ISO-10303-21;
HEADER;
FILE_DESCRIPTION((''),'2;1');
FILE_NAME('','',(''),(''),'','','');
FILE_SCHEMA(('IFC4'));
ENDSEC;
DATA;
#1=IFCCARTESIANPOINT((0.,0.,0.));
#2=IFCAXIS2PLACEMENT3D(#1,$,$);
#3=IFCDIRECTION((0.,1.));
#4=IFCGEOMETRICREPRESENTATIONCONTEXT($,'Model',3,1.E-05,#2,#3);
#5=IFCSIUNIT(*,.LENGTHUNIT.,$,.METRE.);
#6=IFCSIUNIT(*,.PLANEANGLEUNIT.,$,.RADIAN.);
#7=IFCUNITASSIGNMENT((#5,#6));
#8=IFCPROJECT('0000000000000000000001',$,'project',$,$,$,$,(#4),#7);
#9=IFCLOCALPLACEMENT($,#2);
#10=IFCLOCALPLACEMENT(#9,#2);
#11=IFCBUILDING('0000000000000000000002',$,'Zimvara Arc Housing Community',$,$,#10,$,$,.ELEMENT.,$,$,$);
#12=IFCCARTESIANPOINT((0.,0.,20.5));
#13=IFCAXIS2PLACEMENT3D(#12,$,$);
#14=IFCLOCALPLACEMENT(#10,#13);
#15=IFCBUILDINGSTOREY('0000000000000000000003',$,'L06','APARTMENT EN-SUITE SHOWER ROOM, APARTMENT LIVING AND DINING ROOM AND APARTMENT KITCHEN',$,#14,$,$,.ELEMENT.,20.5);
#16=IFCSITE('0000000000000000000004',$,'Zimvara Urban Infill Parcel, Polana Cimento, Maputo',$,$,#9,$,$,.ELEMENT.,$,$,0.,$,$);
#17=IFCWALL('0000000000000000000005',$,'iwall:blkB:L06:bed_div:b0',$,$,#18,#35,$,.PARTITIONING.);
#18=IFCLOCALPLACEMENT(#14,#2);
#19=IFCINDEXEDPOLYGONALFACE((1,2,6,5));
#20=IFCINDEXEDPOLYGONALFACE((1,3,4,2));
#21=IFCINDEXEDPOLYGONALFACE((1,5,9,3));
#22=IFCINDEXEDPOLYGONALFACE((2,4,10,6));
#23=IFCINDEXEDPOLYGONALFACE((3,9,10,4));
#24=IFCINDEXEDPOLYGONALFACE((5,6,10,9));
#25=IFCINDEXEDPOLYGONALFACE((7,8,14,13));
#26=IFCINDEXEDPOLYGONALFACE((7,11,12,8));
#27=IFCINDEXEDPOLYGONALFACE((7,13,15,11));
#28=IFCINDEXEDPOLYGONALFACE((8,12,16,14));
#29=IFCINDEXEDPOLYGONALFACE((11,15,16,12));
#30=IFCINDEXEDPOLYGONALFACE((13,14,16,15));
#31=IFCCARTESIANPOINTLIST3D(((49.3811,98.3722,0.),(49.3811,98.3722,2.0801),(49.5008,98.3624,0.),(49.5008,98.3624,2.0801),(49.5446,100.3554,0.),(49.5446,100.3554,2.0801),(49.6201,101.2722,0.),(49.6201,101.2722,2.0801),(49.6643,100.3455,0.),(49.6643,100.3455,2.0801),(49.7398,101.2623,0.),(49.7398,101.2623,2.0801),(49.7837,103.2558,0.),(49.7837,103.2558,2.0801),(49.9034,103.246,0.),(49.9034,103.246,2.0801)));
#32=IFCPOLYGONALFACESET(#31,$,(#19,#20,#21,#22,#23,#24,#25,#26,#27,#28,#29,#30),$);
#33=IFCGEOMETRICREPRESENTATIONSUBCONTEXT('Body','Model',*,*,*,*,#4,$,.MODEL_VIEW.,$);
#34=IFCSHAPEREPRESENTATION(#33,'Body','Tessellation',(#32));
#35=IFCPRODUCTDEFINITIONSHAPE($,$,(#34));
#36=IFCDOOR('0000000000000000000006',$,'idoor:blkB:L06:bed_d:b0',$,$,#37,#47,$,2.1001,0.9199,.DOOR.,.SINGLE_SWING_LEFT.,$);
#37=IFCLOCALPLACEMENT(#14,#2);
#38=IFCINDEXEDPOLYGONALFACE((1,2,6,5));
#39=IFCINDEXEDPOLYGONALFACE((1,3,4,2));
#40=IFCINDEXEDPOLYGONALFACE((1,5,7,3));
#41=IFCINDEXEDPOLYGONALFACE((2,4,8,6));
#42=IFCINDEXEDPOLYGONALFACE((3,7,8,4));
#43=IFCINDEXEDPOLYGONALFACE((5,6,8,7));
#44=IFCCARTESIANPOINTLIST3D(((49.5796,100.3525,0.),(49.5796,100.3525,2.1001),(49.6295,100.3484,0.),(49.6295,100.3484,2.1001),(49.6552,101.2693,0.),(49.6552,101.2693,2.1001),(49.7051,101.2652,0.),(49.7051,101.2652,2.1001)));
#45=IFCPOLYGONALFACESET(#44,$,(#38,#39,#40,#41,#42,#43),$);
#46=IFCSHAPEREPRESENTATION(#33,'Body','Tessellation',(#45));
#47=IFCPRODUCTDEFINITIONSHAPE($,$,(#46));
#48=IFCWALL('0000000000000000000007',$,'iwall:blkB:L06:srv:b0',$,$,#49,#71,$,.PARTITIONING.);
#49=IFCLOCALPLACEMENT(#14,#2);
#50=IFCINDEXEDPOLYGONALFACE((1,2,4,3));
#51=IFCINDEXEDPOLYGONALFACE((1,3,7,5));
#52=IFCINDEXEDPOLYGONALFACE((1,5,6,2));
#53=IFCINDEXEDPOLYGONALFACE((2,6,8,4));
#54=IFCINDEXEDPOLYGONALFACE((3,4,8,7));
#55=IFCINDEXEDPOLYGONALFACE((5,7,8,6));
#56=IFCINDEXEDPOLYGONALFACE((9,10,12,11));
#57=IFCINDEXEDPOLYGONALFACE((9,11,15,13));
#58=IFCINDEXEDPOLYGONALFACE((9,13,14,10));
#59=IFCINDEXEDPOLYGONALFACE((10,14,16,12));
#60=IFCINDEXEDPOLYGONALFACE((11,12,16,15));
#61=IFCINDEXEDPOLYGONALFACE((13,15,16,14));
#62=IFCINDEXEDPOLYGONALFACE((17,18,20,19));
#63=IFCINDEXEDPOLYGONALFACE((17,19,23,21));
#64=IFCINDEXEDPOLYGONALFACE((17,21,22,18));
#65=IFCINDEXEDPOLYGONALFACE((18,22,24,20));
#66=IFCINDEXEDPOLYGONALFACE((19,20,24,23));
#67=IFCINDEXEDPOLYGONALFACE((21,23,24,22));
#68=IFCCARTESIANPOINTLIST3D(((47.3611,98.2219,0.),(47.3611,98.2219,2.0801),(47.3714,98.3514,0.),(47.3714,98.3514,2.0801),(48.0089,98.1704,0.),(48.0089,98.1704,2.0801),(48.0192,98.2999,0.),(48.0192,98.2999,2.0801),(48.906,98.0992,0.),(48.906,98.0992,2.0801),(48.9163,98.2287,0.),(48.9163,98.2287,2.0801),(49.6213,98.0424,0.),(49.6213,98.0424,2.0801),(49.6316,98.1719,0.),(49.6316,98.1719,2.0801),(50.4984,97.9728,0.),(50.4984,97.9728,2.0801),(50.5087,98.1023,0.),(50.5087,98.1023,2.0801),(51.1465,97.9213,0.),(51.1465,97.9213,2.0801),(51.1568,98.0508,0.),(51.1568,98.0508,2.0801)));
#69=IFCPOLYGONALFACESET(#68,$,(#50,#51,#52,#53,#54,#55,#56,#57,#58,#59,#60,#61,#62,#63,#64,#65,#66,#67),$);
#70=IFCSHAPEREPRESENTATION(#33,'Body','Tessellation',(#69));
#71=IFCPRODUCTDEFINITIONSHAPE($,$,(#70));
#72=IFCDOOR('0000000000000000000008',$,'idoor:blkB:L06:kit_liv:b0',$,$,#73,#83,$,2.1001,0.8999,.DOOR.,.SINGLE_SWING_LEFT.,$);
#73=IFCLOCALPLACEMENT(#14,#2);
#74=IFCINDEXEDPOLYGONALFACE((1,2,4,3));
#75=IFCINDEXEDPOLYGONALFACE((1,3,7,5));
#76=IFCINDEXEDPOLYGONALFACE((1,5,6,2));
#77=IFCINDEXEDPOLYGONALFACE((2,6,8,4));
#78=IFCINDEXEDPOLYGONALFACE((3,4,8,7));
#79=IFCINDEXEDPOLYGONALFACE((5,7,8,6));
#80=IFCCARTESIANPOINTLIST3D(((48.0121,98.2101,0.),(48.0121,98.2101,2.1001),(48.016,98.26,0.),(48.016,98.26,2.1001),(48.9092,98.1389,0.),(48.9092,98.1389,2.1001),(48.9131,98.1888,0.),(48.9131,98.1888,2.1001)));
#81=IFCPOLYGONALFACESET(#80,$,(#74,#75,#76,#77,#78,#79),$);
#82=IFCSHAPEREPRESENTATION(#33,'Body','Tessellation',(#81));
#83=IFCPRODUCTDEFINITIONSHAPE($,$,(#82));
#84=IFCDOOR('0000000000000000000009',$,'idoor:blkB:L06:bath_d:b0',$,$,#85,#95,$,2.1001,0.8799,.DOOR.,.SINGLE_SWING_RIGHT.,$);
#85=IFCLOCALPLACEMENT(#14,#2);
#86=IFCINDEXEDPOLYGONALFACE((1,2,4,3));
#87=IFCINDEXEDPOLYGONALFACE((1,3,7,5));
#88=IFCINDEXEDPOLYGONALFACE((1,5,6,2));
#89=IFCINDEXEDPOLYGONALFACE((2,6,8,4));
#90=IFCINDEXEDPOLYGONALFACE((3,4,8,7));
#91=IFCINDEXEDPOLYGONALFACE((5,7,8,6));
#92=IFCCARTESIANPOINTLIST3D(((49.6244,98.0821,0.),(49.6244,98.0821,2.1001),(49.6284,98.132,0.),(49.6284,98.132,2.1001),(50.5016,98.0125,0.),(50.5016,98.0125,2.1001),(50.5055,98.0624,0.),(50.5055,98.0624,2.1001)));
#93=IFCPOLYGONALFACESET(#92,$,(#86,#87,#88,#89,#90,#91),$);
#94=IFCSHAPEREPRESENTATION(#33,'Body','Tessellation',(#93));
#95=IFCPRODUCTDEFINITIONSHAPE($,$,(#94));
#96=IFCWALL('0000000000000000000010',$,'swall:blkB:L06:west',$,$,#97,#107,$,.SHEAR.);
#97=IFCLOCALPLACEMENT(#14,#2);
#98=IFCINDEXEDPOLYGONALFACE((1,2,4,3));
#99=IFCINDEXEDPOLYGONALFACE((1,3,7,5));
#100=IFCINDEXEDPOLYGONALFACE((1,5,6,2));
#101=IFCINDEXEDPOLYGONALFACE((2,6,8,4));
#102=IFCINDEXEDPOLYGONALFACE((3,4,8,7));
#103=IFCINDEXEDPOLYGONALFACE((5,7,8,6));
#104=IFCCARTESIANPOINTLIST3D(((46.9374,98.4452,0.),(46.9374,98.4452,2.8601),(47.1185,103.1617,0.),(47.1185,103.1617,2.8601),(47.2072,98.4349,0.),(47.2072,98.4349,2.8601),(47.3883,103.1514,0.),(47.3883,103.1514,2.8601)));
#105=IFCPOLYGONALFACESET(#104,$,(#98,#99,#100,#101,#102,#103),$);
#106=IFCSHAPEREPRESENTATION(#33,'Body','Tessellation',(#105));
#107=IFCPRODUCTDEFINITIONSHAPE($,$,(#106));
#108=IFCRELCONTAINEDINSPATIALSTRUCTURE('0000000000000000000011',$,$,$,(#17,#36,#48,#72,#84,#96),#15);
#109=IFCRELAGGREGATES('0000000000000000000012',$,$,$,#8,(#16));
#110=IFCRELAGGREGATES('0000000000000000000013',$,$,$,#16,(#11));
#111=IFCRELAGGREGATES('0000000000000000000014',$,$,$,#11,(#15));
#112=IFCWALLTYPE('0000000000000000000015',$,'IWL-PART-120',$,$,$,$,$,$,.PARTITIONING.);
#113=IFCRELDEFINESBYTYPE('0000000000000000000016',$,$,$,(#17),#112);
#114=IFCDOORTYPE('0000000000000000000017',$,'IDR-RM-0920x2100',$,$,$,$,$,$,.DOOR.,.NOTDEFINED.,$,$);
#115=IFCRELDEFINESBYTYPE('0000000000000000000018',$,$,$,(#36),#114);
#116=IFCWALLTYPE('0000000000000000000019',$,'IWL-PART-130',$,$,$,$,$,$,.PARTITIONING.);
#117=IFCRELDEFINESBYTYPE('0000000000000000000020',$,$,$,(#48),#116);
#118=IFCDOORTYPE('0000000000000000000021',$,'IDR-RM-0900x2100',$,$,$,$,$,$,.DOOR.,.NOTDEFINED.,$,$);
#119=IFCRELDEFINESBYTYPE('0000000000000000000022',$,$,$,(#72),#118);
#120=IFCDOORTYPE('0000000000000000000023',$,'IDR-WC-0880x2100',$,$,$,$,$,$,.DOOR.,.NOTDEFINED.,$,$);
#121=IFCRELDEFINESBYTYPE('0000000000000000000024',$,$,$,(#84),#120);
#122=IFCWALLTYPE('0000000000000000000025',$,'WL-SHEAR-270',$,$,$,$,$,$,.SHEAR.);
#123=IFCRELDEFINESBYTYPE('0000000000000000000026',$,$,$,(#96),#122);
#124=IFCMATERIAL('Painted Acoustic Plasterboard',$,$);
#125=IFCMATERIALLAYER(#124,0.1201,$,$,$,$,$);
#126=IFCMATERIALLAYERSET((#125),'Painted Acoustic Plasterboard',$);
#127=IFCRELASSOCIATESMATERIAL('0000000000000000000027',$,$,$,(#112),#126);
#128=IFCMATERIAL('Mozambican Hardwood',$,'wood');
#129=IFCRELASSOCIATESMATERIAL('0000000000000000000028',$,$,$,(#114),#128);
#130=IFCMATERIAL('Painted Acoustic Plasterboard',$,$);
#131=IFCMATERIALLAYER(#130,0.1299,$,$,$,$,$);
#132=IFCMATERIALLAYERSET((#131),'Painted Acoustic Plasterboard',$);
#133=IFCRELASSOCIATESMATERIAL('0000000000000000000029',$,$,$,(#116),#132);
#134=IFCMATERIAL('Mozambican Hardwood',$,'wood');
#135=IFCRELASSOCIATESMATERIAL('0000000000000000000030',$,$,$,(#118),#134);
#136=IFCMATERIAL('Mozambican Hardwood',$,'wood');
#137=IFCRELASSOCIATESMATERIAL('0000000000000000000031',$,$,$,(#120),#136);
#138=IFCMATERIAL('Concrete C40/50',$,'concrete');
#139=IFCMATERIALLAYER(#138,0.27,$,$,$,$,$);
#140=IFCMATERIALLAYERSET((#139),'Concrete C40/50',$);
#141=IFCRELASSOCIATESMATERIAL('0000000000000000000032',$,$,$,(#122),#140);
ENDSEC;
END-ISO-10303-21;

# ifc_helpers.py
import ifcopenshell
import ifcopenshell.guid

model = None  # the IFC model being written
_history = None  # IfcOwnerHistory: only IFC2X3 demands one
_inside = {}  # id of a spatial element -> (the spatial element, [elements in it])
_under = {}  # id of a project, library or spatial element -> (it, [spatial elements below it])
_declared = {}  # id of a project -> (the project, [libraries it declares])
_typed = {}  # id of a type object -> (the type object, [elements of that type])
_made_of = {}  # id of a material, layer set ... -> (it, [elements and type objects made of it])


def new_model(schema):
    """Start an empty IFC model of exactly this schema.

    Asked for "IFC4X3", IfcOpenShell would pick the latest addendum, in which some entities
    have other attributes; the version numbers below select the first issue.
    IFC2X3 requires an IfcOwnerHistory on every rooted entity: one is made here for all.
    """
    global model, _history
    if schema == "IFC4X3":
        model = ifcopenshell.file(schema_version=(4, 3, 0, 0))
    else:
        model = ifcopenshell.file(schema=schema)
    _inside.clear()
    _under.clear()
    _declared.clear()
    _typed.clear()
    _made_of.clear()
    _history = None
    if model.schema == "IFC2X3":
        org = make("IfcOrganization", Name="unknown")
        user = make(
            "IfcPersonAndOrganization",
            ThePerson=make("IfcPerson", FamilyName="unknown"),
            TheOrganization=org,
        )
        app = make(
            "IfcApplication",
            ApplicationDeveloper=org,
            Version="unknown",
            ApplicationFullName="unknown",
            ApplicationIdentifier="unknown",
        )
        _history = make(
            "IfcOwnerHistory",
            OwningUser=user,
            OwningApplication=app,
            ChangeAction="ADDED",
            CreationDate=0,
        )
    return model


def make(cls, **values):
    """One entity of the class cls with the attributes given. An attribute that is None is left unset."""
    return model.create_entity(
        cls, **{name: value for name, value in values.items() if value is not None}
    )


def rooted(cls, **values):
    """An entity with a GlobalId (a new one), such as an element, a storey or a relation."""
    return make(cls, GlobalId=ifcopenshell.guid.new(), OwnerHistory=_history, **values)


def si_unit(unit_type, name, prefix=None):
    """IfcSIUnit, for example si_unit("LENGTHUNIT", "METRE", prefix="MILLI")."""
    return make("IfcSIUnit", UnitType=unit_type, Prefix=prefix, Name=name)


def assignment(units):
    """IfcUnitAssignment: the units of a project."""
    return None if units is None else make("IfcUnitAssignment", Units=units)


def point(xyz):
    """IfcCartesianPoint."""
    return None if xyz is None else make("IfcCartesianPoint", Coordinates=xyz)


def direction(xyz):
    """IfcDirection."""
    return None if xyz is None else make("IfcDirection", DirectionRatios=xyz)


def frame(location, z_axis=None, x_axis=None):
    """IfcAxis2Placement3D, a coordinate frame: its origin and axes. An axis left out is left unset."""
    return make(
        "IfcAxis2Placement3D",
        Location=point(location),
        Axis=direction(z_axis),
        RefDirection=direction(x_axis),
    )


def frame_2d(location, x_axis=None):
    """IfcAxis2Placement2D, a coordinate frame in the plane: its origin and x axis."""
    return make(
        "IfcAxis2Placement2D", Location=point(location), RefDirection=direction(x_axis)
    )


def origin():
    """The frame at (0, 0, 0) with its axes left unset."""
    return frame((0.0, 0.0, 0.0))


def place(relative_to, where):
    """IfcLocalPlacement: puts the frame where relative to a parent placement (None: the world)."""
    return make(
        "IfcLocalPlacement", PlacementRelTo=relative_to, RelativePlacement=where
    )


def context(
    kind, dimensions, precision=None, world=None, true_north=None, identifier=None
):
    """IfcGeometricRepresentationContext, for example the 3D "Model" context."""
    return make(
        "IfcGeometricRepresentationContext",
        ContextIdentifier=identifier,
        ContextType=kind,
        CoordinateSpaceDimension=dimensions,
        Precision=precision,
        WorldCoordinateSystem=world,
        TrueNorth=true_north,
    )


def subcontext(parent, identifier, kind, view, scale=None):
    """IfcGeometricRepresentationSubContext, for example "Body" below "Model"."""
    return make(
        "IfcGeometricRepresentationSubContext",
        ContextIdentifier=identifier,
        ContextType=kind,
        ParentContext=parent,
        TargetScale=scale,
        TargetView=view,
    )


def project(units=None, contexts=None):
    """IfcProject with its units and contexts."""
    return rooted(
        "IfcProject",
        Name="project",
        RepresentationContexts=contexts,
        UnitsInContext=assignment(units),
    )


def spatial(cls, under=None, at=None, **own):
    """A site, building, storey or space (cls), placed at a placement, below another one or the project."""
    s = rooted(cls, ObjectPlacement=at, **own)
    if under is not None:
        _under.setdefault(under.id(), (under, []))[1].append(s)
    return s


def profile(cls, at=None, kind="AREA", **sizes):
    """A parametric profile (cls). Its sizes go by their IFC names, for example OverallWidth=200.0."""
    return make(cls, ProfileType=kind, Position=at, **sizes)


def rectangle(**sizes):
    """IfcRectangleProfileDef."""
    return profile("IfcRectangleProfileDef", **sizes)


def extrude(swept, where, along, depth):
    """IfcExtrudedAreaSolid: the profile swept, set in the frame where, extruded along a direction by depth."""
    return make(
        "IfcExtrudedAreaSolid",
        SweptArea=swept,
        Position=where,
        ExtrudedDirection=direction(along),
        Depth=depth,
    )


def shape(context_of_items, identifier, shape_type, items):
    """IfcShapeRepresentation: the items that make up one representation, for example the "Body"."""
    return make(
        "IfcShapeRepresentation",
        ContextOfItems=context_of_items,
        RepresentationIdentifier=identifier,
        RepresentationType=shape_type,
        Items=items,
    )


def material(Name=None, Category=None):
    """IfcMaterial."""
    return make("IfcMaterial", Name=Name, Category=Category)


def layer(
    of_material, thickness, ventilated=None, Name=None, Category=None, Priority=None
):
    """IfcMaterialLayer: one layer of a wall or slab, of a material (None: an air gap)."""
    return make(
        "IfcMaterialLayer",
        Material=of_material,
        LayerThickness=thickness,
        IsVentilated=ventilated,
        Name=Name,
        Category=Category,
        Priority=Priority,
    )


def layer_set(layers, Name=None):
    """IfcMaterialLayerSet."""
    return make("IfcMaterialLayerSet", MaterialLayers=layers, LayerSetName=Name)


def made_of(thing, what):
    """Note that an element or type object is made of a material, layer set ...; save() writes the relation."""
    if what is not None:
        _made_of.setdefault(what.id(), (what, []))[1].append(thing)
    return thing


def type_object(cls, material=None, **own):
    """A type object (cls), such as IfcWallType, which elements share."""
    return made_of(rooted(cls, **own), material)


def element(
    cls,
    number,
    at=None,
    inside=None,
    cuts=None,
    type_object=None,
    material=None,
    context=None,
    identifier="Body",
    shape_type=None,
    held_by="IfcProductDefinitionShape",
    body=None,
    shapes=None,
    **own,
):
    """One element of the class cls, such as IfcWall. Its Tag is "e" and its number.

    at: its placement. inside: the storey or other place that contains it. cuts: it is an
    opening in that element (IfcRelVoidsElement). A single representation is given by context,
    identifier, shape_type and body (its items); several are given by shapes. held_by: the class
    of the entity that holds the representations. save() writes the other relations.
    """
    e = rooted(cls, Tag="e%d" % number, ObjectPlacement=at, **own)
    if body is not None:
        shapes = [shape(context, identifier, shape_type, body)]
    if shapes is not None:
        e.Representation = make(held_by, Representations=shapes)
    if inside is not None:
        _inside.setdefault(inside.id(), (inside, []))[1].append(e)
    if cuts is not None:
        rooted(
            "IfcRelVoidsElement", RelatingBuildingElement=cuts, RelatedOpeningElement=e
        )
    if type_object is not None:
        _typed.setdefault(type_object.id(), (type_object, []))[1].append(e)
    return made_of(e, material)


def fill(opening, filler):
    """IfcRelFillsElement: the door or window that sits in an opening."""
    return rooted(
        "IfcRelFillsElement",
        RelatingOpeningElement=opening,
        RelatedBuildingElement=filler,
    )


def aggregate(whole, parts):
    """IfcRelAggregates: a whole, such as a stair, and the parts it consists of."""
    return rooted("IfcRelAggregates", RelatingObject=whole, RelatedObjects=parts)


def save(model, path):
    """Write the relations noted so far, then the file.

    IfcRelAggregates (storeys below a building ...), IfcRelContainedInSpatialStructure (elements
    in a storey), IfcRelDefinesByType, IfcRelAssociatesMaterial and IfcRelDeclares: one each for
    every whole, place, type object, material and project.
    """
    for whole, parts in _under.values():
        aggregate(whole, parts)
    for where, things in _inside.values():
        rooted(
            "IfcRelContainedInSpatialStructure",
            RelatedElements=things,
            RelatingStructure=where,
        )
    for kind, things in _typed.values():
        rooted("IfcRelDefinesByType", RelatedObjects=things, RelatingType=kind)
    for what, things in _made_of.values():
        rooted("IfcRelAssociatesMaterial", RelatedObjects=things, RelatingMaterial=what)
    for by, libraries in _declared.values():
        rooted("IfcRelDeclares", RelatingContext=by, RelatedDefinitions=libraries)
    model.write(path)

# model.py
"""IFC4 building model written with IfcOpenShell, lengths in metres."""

from ifc_helpers import new_model, si_unit, direction, frame, frame_2d, origin, place, context, subcontext, project, spatial, rectangle, extrude, material, layer, layer_set, type_object, element, fill, save


model = new_model("IFC4")

# Units and contexts
model_context = context("Model", 3, precision=1e-05, world=origin(), true_north=direction((0.0, 1.0)))
body_context = subcontext(model_context, "Body", "Model", "MODEL_VIEW")
ifc_project = project(units=[si_unit("LENGTHUNIT", "METRE"), si_unit("PLANEANGLEUNIT", "RADIAN")], contexts=[model_context])

# Site, building, storey
site_placement = place(None, origin())
site = spatial("IfcSite", under=ifc_project, at=site_placement, Name="Zimvara Urban Infill Parcel, Polana Cimento, Maputo", CompositionType="ELEMENT", RefElevation=0.0)
building_placement = place(site_placement, origin())
building = spatial("IfcBuilding", under=site, at=building_placement, Name="Zimvara Arc Housing Community", CompositionType="ELEMENT")
storey_placement = place(building_placement, frame((0.0, 0.0, 20.5)))
storey = spatial("IfcBuildingStorey", under=building, at=storey_placement, Name="L06", Description="APARTMENT EN-SUITE SHOWER ROOM, APARTMENT LIVING AND DINING ROOM AND APARTMENT KITCHEN", CompositionType="ELEMENT", Elevation=20.5)

# Wall, opening, door
ifc_material_1 = material(Name="Painted Acoustic Plasterboard")
ifc_layer_1 = layer(ifc_material_1, 0.1201)
ifc_layer_set_1 = layer_set([ifc_layer_1], Name="Painted Acoustic Plasterboard")
wall_type_1 = type_object("IfcWallType", Name="IWL-PART-120", PredefinedType="PARTITIONING", material=ifc_layer_set_1)
wall_1_placement = place(storey_placement, frame((49.4409, 98.3672, 0.0), z_axis=(0.0, 0.0, 1.0), x_axis=(0.082159, 0.996619, 0.0)))
wall_1 = element("IfcWall", 1, at=wall_1_placement, inside=storey, type_object=wall_type_1, Name="iwall:blkB:L06:bed_div:b0", PredefinedType="PARTITIONING", context=body_context, shape_type="SweptSolid", body=[
    extrude(rectangle(XDim=4.9001, YDim=0.1201, at=frame_2d((2.4502, 0.0))), origin(), (0.0, 0.0, 1.0), 2.0801),
])
opening_1_placement = place(wall_1_placement, frame((1.99, 0.0, 0.0)))
opening_1 = element("IfcOpeningElement", 2, at=opening_1_placement, cuts=wall_1, PredefinedType="OPENING", context=body_context, shape_type="SweptSolid", body=[
    extrude(rectangle(XDim=0.9199, YDim=2.1001, at=frame_2d((0.46, 1.05))), frame((0.0, 0.0701, 0.0), z_axis=(0.0, -1.0, 0.0), x_axis=(1.0, 0.0, 0.0)), (0.0, 0.0, 1.0), 0.1401),
])
ifc_material_2 = material(Name="Mozambican Hardwood", Category="wood")
door_type_1 = type_object("IfcDoorType", Name="IDR-RM-0920x2100", OperationType="NOTDEFINED", PredefinedType="DOOR", material=ifc_material_2)
door_1_placement = place(opening_1_placement, origin())
door_1 = element("IfcDoor", 3, at=door_1_placement, inside=storey, type_object=door_type_1, Name="idoor:blkB:L06:bed_d:b0", OperationType="SINGLE_SWING_LEFT", OverallHeight=2.1001, OverallWidth=0.9199, PredefinedType="DOOR", context=body_context, shape_type="SweptSolid", body=[
    extrude(rectangle(XDim=0.9199, YDim=2.1001, at=frame_2d((0.46, 1.05))), frame((0.0, 0.0249, 0.0), z_axis=(0.0, -1.0, 0.0), x_axis=(1.0, 0.0, 0.0)), (0.0, 0.0, 1.0), 0.05),
])
fill(opening_1, door_1)

# Wall, openings, doors
ifc_material_3 = material(Name="Painted Acoustic Plasterboard")
ifc_layer_2 = layer(ifc_material_3, 0.1299)
ifc_layer_set_2 = layer_set([ifc_layer_2], Name="Painted Acoustic Plasterboard")
wall_type_2 = type_object("IfcWallType", Name="IWL-PART-130", PredefinedType="PARTITIONING", material=ifc_layer_set_2)
wall_2_placement = place(storey_placement, frame((47.3662, 98.2866, 0.0), z_axis=(0.0, 0.0, 1.0), x_axis=(0.996863, -0.079145, 0.0)))
wall_2 = element("IfcWall", 4, at=wall_2_placement, inside=storey, type_object=wall_type_2, Name="iwall:blkB:L06:srv:b0", PredefinedType="PARTITIONING", context=body_context, shape_type="SweptSolid", body=[
    extrude(rectangle(XDim=3.7974, YDim=0.1299, at=frame_2d((1.8987, 0.0))), origin(), (0.0, 0.0, 1.0), 2.0801),
])
opening_2_placement = place(wall_2_placement, frame((0.6499, 0.0, 0.0)))
opening_2 = element("IfcOpeningElement", 5, at=opening_2_placement, cuts=wall_2, PredefinedType="OPENING", context=body_context, shape_type="SweptSolid", body=[
    extrude(rectangle(XDim=0.8999, YDim=2.1001, at=frame_2d((0.45, 1.05))), frame((0.0, 0.075, 0.0), z_axis=(0.0, -1.0, 0.0), x_axis=(1.0, 0.0, 0.0)), (0.0, 0.0, 1.0), 0.1499),
])
opening_3_placement = place(wall_2_placement, frame((2.2673, 0.0, 0.0)))
opening_3 = element("IfcOpeningElement", 6, at=opening_3_placement, cuts=wall_2, PredefinedType="OPENING", context=body_context, shape_type="SweptSolid", body=[
    extrude(rectangle(XDim=0.8799, YDim=2.1001, at=frame_2d((0.4399, 1.05))), frame((0.0, 0.075, 0.0), z_axis=(0.0, -1.0, 0.0), x_axis=(1.0, 0.0, 0.0)), (0.0, 0.0, 1.0), 0.1499),
])
ifc_material_4 = material(Name="Mozambican Hardwood", Category="wood")
door_type_2 = type_object("IfcDoorType", Name="IDR-RM-0900x2100", OperationType="NOTDEFINED", PredefinedType="DOOR", material=ifc_material_4)
door_2_placement = place(opening_2_placement, origin())
door_2 = element("IfcDoor", 7, at=door_2_placement, inside=storey, type_object=door_type_2, Name="idoor:blkB:L06:kit_liv:b0", OperationType="SINGLE_SWING_LEFT", OverallHeight=2.1001, OverallWidth=0.8999, PredefinedType="DOOR", context=body_context, shape_type="SweptSolid", body=[
    extrude(rectangle(XDim=0.8999, YDim=2.1001, at=frame_2d((0.45, 1.05))), frame((0.0, 0.0249, 0.0), z_axis=(0.0, -1.0, 0.0), x_axis=(1.0, 0.0, 0.0)), (0.0, 0.0, 1.0), 0.05),
])
fill(opening_2, door_2)
ifc_material_5 = material(Name="Mozambican Hardwood", Category="wood")
door_type_3 = type_object("IfcDoorType", Name="IDR-WC-0880x2100", OperationType="NOTDEFINED", PredefinedType="DOOR", material=ifc_material_5)
door_3_placement = place(opening_3_placement, origin())
door_3 = element("IfcDoor", 8, at=door_3_placement, inside=storey, type_object=door_type_3, Name="idoor:blkB:L06:bath_d:b0", OperationType="SINGLE_SWING_RIGHT", OverallHeight=2.1001, OverallWidth=0.8799, PredefinedType="DOOR", context=body_context, shape_type="SweptSolid", body=[
    extrude(rectangle(XDim=0.8799, YDim=2.1001, at=frame_2d((0.4399, 1.05))), frame((0.0, 0.0249, 0.0), z_axis=(0.0, -1.0, 0.0), x_axis=(1.0, 0.0, 0.0)), (0.0, 0.0, 1.0), 0.05),
])
fill(opening_3, door_3)

# Wall
ifc_material_6 = material(Name="Concrete C40/50", Category="concrete")
ifc_layer_3 = layer(ifc_material_6, 0.27)
ifc_layer_set_3 = layer_set([ifc_layer_3], Name="Concrete C40/50")
wall_type_3 = type_object("IfcWallType", Name="WL-SHEAR-270", PredefinedType="SHEAR", material=ifc_layer_set_3)
wall_3_placement = place(storey_placement, frame((47.0723, 98.4402, 0.0), z_axis=(0.0, 0.0, 1.0), x_axis=(0.038379, 0.999263, 0.0)))
element("IfcWall", 9, at=wall_3_placement, inside=storey, type_object=wall_type_3, Name="swall:blkB:L06:west", PredefinedType="SHEAR", context=body_context, shape_type="SweptSolid", body=[
    extrude(rectangle(XDim=4.72, YDim=0.27, at=frame_2d((2.3599, 0.0))), origin(), (0.0, 0.0, 1.0), 2.8601),
])

save(model, "model.ifc")
